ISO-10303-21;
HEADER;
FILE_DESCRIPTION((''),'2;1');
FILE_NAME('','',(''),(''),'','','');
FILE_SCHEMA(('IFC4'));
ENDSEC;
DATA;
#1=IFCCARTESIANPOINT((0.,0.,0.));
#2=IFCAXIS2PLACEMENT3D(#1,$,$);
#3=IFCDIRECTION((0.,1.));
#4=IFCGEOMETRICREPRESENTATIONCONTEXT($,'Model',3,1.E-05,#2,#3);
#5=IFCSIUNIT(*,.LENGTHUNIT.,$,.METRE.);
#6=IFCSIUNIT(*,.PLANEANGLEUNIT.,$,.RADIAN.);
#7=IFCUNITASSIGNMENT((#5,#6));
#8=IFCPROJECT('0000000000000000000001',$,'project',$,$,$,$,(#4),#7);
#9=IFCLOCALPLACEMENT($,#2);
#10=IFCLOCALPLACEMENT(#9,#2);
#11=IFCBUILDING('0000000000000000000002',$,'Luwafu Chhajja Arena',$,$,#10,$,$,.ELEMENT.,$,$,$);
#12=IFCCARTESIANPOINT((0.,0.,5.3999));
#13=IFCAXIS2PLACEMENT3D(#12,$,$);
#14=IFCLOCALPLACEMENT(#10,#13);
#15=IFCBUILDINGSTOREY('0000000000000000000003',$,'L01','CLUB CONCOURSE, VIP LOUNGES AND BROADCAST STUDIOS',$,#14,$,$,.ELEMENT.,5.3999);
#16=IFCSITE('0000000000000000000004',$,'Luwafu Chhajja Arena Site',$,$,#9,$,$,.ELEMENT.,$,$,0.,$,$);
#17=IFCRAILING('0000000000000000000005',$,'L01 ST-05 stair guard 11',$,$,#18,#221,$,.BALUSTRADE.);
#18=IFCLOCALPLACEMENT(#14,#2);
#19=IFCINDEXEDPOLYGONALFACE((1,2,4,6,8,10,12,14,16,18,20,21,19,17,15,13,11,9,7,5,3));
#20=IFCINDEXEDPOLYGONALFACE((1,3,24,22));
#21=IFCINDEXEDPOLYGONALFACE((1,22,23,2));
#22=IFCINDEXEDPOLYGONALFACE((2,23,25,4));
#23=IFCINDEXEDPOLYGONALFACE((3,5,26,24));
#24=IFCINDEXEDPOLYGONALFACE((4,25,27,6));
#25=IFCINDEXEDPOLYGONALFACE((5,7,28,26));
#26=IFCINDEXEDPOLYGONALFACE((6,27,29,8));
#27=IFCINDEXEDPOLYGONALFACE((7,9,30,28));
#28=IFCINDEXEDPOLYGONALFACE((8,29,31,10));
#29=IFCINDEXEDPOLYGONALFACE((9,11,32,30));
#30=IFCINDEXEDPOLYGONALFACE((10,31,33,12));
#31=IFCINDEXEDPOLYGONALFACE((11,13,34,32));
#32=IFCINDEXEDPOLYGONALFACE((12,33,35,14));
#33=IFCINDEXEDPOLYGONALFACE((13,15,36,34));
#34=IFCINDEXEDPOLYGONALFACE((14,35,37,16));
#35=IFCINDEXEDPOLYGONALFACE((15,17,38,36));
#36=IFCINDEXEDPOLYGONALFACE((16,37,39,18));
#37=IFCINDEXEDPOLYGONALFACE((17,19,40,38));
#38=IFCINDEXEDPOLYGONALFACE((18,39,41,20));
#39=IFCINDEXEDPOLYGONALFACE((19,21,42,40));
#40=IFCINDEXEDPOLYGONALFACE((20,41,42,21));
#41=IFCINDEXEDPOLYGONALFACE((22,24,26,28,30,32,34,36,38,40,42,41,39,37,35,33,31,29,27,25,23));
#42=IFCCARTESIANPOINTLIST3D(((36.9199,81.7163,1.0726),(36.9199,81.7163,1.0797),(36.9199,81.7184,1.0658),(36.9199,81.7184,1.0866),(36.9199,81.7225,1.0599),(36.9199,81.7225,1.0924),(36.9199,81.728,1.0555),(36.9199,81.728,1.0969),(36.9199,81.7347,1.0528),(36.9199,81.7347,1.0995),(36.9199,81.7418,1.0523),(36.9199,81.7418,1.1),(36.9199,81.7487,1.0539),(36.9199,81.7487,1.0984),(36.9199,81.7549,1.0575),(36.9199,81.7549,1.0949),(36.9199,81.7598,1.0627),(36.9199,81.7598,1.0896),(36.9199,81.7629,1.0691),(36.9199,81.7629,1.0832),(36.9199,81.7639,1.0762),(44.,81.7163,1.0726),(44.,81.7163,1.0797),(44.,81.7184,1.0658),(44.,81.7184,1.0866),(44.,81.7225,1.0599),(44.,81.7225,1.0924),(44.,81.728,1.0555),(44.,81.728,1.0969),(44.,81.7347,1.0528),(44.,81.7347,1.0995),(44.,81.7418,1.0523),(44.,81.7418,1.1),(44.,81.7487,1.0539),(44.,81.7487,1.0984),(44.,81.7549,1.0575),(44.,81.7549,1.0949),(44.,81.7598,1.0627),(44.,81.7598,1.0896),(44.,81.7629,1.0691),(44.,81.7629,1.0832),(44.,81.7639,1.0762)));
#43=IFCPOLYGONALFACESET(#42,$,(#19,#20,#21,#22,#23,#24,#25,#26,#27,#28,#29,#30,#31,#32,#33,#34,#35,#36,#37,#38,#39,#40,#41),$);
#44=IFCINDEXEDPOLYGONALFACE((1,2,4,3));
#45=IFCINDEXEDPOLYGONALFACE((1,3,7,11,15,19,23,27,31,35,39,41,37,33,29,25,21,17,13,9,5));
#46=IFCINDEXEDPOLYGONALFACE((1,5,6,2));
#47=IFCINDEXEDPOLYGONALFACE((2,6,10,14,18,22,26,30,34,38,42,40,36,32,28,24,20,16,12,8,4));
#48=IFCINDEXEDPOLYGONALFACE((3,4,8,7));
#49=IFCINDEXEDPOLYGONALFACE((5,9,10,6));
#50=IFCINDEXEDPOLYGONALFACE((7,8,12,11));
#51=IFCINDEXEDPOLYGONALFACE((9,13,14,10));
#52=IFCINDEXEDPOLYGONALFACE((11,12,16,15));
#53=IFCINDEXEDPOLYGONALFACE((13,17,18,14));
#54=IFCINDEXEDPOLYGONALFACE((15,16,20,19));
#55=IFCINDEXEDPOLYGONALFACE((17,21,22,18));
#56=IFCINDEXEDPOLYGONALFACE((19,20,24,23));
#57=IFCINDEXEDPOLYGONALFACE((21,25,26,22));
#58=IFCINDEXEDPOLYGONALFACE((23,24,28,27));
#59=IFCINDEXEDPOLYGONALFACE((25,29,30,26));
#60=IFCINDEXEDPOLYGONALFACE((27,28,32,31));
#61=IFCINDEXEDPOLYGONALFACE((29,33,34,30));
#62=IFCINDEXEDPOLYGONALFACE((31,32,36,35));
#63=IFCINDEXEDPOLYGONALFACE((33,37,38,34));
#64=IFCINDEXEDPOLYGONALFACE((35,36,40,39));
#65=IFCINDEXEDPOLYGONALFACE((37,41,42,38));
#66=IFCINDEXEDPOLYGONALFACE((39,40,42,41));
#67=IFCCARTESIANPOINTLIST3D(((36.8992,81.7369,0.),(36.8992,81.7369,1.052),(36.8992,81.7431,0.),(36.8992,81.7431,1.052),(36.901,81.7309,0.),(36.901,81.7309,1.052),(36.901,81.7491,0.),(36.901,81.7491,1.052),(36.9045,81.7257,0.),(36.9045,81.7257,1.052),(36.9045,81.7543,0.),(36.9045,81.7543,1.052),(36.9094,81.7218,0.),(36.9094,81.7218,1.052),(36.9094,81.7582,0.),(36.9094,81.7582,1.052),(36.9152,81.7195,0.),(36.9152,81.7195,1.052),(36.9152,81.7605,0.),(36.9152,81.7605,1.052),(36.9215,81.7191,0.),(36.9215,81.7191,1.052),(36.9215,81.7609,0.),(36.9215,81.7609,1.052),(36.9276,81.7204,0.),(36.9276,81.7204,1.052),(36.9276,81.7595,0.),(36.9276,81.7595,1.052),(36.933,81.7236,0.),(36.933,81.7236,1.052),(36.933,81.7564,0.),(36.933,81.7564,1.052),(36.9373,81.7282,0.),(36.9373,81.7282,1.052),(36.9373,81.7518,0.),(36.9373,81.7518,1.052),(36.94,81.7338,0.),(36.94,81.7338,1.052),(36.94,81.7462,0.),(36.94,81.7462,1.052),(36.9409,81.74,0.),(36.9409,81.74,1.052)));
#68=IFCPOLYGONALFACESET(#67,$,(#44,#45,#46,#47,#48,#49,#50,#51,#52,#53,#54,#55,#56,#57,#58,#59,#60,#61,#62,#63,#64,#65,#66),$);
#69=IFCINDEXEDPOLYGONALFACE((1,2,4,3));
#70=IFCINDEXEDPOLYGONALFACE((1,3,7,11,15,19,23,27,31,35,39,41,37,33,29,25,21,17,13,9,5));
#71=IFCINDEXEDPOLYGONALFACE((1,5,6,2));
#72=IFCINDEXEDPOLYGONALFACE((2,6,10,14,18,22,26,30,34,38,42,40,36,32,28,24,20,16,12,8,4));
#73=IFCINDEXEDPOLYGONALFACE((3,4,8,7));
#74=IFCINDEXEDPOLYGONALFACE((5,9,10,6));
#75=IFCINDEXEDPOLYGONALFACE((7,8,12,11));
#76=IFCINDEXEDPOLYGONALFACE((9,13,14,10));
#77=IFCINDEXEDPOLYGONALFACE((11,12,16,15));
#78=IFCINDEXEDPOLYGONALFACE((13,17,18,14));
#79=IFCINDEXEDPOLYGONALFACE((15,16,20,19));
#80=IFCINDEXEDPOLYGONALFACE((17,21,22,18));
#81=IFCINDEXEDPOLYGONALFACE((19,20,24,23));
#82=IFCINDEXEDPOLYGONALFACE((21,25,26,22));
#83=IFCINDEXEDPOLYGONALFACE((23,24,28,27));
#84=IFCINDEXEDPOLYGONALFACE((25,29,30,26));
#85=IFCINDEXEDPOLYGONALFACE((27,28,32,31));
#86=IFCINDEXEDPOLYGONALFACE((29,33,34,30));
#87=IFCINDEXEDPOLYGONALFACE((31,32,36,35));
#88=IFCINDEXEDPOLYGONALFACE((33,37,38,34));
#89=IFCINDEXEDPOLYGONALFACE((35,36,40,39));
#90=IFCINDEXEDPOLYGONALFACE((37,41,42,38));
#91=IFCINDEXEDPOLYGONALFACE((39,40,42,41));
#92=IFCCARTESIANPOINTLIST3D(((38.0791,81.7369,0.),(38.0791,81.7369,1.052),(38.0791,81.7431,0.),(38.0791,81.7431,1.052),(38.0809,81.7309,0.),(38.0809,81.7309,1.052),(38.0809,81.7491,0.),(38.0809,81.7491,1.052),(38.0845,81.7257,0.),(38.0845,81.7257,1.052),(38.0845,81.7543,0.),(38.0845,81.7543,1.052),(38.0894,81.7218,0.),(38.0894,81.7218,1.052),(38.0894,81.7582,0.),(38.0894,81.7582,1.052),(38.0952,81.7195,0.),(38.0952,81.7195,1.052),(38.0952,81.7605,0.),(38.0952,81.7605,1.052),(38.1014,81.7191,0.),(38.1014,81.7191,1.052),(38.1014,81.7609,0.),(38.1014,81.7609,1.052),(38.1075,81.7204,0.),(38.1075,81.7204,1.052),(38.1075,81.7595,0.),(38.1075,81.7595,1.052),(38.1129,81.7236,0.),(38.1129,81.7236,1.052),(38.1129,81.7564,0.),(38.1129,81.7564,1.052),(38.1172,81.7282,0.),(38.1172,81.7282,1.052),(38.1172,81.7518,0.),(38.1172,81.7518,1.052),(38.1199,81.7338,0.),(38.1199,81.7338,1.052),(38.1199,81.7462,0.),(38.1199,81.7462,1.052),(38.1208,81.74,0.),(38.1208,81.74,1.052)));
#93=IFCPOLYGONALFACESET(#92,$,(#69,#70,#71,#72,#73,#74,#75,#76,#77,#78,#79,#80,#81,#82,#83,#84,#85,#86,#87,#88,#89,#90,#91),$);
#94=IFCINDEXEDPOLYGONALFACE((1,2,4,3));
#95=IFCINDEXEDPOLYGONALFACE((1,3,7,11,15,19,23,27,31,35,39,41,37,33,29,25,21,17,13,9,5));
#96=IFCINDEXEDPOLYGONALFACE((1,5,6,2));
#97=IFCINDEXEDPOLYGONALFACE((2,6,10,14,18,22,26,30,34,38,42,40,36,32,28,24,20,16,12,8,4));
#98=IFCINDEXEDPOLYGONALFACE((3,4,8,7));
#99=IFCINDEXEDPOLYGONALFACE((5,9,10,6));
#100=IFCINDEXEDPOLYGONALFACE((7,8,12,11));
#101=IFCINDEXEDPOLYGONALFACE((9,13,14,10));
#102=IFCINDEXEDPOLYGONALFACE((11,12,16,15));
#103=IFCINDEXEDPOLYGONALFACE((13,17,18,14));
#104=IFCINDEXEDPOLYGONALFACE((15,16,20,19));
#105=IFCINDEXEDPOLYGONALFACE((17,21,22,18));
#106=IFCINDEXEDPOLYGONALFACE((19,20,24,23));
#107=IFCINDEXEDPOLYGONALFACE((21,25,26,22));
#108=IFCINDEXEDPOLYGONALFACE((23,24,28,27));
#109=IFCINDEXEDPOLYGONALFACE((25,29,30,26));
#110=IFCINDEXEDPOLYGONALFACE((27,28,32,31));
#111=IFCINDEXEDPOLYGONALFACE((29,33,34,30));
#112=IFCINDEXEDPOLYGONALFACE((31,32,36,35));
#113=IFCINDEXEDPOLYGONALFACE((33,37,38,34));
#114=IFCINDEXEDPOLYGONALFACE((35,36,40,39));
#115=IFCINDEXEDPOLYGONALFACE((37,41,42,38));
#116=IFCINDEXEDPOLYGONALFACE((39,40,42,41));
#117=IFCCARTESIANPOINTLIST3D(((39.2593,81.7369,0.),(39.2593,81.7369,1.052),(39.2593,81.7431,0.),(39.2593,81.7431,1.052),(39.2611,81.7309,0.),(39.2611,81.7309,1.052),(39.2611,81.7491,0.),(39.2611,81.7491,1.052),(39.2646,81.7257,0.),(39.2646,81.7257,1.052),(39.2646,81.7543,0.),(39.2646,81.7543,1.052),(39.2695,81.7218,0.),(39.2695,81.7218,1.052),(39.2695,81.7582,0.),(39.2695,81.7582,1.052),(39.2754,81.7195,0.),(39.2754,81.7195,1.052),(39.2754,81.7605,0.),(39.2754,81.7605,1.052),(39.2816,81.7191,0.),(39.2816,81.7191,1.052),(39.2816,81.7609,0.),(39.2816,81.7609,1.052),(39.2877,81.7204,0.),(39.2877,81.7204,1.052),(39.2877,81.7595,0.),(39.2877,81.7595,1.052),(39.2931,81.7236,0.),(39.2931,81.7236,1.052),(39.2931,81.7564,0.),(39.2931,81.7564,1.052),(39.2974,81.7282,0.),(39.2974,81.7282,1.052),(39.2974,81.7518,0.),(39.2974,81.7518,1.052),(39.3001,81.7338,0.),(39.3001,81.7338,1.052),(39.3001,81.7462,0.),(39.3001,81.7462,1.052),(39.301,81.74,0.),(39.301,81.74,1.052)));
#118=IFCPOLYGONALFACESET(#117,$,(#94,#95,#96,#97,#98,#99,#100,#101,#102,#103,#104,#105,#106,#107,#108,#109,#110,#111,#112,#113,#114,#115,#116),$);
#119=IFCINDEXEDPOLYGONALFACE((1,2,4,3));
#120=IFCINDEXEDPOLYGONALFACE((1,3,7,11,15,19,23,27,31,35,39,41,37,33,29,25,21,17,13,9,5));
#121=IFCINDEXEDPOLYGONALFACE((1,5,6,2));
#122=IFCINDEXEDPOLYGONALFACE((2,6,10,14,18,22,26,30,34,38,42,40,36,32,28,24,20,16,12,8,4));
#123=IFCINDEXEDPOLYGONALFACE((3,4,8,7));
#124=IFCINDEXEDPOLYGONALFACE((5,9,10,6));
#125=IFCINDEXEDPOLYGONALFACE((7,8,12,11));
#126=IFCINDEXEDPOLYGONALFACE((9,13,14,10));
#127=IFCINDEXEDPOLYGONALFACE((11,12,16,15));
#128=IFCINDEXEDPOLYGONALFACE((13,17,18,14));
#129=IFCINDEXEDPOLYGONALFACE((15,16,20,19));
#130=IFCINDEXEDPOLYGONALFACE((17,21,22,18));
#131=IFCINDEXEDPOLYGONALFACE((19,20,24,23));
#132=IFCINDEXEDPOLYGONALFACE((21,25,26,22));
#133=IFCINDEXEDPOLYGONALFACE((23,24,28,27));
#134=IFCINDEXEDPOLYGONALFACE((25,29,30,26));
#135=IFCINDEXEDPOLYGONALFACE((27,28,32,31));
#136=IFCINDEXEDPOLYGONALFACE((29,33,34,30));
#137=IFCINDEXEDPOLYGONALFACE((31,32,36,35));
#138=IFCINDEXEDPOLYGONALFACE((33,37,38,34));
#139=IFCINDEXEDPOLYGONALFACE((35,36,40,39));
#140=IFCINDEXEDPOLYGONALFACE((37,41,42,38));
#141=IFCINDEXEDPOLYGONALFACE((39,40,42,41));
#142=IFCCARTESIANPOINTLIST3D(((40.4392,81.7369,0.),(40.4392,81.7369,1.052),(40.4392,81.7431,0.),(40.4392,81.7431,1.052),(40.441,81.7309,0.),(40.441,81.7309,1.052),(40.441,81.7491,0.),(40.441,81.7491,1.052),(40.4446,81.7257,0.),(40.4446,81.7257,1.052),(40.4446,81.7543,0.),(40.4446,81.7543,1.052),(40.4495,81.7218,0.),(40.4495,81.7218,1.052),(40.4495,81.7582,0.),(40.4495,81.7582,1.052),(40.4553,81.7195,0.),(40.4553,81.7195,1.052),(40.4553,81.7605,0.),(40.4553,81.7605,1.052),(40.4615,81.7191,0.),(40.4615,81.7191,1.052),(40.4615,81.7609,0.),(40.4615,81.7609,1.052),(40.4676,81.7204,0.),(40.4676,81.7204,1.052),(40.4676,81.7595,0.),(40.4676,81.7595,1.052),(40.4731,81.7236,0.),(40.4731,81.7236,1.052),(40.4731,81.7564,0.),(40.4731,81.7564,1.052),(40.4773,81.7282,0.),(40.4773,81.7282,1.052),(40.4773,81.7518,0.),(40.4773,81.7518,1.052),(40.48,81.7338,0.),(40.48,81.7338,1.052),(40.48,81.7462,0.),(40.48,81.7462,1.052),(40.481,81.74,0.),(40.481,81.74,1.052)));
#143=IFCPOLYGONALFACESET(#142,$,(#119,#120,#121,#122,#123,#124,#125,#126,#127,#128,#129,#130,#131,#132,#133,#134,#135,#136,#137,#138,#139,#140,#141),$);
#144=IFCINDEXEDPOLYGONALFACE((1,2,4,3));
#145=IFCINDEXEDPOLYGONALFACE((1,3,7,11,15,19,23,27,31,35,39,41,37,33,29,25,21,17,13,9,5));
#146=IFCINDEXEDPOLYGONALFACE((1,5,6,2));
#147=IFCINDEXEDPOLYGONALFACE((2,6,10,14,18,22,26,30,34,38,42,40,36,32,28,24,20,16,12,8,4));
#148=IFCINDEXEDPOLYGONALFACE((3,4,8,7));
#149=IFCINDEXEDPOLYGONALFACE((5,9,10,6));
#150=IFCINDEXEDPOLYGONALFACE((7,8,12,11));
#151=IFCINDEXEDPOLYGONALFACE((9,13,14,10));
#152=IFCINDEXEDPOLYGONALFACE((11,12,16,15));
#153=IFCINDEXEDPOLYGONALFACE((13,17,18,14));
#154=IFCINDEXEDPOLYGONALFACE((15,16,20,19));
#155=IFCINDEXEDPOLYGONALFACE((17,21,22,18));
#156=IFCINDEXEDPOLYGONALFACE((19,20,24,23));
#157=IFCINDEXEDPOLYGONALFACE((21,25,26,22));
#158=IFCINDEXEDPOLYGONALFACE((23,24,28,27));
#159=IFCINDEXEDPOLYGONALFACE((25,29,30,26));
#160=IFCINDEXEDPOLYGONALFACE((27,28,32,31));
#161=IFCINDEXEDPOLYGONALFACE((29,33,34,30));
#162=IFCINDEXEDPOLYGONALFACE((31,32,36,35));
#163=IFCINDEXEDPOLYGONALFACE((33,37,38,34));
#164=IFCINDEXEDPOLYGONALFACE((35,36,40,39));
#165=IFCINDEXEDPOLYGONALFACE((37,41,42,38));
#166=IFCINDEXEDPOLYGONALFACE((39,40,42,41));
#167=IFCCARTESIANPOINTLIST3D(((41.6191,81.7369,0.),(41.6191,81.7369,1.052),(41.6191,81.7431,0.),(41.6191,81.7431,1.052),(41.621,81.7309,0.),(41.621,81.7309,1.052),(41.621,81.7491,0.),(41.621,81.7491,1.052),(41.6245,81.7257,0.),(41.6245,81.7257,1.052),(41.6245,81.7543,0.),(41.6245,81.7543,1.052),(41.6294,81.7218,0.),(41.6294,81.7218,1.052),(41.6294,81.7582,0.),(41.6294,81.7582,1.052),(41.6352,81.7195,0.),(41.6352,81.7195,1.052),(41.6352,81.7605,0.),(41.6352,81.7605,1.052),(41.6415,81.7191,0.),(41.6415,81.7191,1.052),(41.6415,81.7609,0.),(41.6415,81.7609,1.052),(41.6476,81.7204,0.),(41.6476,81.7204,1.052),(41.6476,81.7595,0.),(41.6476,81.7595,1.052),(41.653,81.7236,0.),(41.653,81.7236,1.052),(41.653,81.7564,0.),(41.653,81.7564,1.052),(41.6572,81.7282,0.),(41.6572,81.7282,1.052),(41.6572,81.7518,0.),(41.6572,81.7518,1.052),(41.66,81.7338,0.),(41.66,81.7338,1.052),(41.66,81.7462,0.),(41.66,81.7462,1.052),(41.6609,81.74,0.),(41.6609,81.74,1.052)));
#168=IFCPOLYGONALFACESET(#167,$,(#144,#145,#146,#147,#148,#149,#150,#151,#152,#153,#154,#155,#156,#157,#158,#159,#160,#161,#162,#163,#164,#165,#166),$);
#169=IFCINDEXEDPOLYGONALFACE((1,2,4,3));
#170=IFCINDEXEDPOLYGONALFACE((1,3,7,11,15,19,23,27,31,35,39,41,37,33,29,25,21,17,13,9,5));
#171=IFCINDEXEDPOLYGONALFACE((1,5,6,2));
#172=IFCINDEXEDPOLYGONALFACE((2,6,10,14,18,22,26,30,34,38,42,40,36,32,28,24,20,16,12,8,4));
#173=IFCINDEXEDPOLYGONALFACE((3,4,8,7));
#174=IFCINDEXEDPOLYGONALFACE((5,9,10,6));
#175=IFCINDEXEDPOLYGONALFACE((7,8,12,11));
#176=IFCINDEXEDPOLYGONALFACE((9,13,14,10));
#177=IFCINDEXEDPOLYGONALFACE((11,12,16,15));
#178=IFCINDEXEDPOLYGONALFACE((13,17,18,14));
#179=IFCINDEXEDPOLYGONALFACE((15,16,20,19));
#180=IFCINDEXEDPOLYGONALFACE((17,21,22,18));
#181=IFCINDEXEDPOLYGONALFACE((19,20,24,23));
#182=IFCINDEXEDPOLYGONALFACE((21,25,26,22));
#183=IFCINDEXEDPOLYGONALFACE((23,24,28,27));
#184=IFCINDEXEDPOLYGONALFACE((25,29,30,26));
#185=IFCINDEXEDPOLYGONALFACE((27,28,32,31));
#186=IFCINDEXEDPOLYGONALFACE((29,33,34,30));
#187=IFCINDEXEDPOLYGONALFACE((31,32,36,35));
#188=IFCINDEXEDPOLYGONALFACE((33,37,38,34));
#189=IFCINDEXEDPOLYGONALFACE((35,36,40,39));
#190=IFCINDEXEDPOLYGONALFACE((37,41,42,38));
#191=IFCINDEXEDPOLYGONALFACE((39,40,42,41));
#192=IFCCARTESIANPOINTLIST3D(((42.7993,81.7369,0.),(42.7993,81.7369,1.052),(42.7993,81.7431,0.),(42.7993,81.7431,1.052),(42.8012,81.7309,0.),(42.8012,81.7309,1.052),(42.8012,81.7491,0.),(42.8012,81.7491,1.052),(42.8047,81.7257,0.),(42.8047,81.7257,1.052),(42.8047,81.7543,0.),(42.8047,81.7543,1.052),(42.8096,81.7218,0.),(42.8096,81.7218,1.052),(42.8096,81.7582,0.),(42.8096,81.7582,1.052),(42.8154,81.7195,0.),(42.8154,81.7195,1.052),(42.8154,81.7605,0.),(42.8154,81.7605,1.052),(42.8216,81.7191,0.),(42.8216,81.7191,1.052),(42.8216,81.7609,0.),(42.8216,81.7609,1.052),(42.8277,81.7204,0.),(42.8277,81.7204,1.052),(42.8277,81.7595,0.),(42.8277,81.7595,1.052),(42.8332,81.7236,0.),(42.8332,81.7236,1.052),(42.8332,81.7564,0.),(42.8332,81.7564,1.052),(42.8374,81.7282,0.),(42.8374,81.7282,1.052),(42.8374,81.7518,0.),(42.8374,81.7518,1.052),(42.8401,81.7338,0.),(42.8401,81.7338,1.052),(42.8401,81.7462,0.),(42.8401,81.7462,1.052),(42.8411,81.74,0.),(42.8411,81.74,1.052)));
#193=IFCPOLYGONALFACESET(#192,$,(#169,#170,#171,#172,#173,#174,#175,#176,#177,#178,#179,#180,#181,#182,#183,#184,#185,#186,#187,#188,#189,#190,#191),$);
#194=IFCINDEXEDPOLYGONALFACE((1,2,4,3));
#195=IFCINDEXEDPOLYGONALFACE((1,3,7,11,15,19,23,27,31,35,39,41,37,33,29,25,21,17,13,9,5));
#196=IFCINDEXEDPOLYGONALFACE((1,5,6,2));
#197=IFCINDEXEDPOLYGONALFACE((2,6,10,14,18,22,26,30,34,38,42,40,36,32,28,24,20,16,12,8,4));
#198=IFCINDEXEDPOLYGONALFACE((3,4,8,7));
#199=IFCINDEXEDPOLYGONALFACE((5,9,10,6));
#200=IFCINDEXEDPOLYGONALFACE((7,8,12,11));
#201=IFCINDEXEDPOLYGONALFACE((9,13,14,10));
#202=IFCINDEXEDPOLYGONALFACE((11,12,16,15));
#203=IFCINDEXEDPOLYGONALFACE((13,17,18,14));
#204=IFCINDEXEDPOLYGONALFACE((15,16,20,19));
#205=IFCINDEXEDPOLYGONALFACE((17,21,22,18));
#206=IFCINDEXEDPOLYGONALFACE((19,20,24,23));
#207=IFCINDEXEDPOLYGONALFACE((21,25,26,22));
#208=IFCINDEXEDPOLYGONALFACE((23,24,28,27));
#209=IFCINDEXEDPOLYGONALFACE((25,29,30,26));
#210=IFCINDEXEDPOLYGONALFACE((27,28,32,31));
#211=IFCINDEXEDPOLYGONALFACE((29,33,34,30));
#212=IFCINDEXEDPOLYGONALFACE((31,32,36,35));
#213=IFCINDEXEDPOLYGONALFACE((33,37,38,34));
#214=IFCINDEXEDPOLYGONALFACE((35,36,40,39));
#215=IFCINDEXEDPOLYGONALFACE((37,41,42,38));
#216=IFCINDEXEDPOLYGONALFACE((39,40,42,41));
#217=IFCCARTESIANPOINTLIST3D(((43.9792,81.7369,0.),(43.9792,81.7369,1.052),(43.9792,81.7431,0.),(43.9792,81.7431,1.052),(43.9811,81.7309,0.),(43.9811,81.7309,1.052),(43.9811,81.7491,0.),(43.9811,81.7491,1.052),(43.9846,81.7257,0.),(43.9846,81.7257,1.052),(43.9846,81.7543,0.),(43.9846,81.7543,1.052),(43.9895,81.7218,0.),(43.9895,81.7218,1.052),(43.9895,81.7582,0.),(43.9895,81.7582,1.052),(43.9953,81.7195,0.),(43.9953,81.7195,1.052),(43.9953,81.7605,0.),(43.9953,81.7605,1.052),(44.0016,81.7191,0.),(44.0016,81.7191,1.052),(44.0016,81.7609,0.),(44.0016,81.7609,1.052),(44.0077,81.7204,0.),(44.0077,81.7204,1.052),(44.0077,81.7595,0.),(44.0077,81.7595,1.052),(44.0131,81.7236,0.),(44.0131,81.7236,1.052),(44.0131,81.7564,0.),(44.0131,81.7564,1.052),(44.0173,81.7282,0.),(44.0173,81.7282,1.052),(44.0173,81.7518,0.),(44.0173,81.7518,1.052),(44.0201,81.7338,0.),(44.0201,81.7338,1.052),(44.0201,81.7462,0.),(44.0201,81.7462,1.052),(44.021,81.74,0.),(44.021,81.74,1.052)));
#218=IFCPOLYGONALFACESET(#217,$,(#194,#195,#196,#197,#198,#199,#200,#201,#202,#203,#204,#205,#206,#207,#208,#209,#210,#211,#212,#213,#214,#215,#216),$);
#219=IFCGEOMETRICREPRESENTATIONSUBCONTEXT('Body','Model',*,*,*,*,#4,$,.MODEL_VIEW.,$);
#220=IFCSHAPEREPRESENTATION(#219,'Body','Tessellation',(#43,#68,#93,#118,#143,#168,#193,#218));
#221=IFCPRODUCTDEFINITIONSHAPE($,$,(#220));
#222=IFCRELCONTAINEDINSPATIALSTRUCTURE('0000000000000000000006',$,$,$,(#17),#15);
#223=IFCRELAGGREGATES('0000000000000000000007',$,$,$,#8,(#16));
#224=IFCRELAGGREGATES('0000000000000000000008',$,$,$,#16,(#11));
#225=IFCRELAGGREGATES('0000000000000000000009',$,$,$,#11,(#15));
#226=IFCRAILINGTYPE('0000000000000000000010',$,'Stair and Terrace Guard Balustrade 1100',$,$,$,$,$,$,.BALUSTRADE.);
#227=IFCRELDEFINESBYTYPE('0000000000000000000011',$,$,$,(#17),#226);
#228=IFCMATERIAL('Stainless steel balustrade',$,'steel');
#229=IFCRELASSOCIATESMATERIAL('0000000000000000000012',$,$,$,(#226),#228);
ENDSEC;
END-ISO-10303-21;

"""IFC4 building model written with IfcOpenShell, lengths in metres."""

from ifc_helpers import new_model, si_unit, direction, frame, origin, origin_2d, place, context, subcontext, project, spatial, circle, extrude, material, type_object, element, save


model = new_model("IFC4")

# Units and contexts
model_context = context("Model", 3, precision=1e-05, world=origin(), true_north=direction((0.0, 1.0)))
body_context = subcontext(model_context, "Body", "Model", "MODEL_VIEW")
ifc_project = project(units=[si_unit("LENGTHUNIT", "METRE"), si_unit("PLANEANGLEUNIT", "RADIAN")], contexts=[model_context])

# Site, building, storey
site_placement = place(None, origin())
site = spatial("IfcSite", under=ifc_project, at=site_placement, Name="Luwafu Chhajja Arena Site", CompositionType="ELEMENT", RefElevation=0.0)
building_placement = place(site_placement, origin())
building = spatial("IfcBuilding", under=site, at=building_placement, Name="Luwafu Chhajja Arena", CompositionType="ELEMENT")
storey_placement = place(building_placement, frame((0.0, 0.0, 5.3999)))
storey = spatial("IfcBuildingStorey", under=building, at=storey_placement, Name="L01", Description="CLUB CONCOURSE, VIP LOUNGES AND BROADCAST STUDIOS", CompositionType="ELEMENT", Elevation=5.3999)

# Railing
ifc_material_1 = material(Name="Stainless steel balustrade", Category="steel")
railing_type_1 = type_object("IfcRailingType", Name="Stair and Terrace Guard Balustrade 1100", PredefinedType="BALUSTRADE", material=ifc_material_1)
railing_1_placement = place(storey_placement, frame((36.9199, 81.74, 0.0)))
element("IfcRailing", 1, at=railing_1_placement, inside=storey, type_object=railing_type_1, Name="L01 ST-05 stair guard 11", PredefinedType="BALUSTRADE", context=body_context, shape_type="SweptSolid", body=[
    extrude(circle(Radius=0.0239, at=origin_2d()), frame((0.0, 0.0, 1.0762), z_axis=(1.0, 0.0, 0.0), x_axis=(0.0, 1.0, 0.0)), (0.0, 0.0, 1.0), 7.0801),
    extrude(circle(Radius=0.021, at=origin_2d()), origin(), (0.0, 0.0, 1.0), 1.052),
    extrude(circle(Radius=0.021, at=origin_2d()), frame((1.1799, 0.0, 0.0)), (0.0, 0.0, 1.0), 1.052),
    extrude(circle(Radius=0.021, at=origin_2d()), frame((2.3601, 0.0, 0.0)), (0.0, 0.0, 1.0), 1.052),
    extrude(circle(Radius=0.021, at=origin_2d()), frame((3.54, 0.0, 0.0)), (0.0, 0.0, 1.0), 1.052),
    extrude(circle(Radius=0.021, at=origin_2d()), frame((4.72, 0.0, 0.0)), (0.0, 0.0, 1.0), 1.052),
    extrude(circle(Radius=0.021, at=origin_2d()), frame((5.9001, 0.0, 0.0)), (0.0, 0.0, 1.0), 1.052),
    extrude(circle(Radius=0.021, at=origin_2d()), frame((7.0801, 0.0, 0.0)), (0.0, 0.0, 1.0), 1.052),
])

save(model, "model.ifc")
